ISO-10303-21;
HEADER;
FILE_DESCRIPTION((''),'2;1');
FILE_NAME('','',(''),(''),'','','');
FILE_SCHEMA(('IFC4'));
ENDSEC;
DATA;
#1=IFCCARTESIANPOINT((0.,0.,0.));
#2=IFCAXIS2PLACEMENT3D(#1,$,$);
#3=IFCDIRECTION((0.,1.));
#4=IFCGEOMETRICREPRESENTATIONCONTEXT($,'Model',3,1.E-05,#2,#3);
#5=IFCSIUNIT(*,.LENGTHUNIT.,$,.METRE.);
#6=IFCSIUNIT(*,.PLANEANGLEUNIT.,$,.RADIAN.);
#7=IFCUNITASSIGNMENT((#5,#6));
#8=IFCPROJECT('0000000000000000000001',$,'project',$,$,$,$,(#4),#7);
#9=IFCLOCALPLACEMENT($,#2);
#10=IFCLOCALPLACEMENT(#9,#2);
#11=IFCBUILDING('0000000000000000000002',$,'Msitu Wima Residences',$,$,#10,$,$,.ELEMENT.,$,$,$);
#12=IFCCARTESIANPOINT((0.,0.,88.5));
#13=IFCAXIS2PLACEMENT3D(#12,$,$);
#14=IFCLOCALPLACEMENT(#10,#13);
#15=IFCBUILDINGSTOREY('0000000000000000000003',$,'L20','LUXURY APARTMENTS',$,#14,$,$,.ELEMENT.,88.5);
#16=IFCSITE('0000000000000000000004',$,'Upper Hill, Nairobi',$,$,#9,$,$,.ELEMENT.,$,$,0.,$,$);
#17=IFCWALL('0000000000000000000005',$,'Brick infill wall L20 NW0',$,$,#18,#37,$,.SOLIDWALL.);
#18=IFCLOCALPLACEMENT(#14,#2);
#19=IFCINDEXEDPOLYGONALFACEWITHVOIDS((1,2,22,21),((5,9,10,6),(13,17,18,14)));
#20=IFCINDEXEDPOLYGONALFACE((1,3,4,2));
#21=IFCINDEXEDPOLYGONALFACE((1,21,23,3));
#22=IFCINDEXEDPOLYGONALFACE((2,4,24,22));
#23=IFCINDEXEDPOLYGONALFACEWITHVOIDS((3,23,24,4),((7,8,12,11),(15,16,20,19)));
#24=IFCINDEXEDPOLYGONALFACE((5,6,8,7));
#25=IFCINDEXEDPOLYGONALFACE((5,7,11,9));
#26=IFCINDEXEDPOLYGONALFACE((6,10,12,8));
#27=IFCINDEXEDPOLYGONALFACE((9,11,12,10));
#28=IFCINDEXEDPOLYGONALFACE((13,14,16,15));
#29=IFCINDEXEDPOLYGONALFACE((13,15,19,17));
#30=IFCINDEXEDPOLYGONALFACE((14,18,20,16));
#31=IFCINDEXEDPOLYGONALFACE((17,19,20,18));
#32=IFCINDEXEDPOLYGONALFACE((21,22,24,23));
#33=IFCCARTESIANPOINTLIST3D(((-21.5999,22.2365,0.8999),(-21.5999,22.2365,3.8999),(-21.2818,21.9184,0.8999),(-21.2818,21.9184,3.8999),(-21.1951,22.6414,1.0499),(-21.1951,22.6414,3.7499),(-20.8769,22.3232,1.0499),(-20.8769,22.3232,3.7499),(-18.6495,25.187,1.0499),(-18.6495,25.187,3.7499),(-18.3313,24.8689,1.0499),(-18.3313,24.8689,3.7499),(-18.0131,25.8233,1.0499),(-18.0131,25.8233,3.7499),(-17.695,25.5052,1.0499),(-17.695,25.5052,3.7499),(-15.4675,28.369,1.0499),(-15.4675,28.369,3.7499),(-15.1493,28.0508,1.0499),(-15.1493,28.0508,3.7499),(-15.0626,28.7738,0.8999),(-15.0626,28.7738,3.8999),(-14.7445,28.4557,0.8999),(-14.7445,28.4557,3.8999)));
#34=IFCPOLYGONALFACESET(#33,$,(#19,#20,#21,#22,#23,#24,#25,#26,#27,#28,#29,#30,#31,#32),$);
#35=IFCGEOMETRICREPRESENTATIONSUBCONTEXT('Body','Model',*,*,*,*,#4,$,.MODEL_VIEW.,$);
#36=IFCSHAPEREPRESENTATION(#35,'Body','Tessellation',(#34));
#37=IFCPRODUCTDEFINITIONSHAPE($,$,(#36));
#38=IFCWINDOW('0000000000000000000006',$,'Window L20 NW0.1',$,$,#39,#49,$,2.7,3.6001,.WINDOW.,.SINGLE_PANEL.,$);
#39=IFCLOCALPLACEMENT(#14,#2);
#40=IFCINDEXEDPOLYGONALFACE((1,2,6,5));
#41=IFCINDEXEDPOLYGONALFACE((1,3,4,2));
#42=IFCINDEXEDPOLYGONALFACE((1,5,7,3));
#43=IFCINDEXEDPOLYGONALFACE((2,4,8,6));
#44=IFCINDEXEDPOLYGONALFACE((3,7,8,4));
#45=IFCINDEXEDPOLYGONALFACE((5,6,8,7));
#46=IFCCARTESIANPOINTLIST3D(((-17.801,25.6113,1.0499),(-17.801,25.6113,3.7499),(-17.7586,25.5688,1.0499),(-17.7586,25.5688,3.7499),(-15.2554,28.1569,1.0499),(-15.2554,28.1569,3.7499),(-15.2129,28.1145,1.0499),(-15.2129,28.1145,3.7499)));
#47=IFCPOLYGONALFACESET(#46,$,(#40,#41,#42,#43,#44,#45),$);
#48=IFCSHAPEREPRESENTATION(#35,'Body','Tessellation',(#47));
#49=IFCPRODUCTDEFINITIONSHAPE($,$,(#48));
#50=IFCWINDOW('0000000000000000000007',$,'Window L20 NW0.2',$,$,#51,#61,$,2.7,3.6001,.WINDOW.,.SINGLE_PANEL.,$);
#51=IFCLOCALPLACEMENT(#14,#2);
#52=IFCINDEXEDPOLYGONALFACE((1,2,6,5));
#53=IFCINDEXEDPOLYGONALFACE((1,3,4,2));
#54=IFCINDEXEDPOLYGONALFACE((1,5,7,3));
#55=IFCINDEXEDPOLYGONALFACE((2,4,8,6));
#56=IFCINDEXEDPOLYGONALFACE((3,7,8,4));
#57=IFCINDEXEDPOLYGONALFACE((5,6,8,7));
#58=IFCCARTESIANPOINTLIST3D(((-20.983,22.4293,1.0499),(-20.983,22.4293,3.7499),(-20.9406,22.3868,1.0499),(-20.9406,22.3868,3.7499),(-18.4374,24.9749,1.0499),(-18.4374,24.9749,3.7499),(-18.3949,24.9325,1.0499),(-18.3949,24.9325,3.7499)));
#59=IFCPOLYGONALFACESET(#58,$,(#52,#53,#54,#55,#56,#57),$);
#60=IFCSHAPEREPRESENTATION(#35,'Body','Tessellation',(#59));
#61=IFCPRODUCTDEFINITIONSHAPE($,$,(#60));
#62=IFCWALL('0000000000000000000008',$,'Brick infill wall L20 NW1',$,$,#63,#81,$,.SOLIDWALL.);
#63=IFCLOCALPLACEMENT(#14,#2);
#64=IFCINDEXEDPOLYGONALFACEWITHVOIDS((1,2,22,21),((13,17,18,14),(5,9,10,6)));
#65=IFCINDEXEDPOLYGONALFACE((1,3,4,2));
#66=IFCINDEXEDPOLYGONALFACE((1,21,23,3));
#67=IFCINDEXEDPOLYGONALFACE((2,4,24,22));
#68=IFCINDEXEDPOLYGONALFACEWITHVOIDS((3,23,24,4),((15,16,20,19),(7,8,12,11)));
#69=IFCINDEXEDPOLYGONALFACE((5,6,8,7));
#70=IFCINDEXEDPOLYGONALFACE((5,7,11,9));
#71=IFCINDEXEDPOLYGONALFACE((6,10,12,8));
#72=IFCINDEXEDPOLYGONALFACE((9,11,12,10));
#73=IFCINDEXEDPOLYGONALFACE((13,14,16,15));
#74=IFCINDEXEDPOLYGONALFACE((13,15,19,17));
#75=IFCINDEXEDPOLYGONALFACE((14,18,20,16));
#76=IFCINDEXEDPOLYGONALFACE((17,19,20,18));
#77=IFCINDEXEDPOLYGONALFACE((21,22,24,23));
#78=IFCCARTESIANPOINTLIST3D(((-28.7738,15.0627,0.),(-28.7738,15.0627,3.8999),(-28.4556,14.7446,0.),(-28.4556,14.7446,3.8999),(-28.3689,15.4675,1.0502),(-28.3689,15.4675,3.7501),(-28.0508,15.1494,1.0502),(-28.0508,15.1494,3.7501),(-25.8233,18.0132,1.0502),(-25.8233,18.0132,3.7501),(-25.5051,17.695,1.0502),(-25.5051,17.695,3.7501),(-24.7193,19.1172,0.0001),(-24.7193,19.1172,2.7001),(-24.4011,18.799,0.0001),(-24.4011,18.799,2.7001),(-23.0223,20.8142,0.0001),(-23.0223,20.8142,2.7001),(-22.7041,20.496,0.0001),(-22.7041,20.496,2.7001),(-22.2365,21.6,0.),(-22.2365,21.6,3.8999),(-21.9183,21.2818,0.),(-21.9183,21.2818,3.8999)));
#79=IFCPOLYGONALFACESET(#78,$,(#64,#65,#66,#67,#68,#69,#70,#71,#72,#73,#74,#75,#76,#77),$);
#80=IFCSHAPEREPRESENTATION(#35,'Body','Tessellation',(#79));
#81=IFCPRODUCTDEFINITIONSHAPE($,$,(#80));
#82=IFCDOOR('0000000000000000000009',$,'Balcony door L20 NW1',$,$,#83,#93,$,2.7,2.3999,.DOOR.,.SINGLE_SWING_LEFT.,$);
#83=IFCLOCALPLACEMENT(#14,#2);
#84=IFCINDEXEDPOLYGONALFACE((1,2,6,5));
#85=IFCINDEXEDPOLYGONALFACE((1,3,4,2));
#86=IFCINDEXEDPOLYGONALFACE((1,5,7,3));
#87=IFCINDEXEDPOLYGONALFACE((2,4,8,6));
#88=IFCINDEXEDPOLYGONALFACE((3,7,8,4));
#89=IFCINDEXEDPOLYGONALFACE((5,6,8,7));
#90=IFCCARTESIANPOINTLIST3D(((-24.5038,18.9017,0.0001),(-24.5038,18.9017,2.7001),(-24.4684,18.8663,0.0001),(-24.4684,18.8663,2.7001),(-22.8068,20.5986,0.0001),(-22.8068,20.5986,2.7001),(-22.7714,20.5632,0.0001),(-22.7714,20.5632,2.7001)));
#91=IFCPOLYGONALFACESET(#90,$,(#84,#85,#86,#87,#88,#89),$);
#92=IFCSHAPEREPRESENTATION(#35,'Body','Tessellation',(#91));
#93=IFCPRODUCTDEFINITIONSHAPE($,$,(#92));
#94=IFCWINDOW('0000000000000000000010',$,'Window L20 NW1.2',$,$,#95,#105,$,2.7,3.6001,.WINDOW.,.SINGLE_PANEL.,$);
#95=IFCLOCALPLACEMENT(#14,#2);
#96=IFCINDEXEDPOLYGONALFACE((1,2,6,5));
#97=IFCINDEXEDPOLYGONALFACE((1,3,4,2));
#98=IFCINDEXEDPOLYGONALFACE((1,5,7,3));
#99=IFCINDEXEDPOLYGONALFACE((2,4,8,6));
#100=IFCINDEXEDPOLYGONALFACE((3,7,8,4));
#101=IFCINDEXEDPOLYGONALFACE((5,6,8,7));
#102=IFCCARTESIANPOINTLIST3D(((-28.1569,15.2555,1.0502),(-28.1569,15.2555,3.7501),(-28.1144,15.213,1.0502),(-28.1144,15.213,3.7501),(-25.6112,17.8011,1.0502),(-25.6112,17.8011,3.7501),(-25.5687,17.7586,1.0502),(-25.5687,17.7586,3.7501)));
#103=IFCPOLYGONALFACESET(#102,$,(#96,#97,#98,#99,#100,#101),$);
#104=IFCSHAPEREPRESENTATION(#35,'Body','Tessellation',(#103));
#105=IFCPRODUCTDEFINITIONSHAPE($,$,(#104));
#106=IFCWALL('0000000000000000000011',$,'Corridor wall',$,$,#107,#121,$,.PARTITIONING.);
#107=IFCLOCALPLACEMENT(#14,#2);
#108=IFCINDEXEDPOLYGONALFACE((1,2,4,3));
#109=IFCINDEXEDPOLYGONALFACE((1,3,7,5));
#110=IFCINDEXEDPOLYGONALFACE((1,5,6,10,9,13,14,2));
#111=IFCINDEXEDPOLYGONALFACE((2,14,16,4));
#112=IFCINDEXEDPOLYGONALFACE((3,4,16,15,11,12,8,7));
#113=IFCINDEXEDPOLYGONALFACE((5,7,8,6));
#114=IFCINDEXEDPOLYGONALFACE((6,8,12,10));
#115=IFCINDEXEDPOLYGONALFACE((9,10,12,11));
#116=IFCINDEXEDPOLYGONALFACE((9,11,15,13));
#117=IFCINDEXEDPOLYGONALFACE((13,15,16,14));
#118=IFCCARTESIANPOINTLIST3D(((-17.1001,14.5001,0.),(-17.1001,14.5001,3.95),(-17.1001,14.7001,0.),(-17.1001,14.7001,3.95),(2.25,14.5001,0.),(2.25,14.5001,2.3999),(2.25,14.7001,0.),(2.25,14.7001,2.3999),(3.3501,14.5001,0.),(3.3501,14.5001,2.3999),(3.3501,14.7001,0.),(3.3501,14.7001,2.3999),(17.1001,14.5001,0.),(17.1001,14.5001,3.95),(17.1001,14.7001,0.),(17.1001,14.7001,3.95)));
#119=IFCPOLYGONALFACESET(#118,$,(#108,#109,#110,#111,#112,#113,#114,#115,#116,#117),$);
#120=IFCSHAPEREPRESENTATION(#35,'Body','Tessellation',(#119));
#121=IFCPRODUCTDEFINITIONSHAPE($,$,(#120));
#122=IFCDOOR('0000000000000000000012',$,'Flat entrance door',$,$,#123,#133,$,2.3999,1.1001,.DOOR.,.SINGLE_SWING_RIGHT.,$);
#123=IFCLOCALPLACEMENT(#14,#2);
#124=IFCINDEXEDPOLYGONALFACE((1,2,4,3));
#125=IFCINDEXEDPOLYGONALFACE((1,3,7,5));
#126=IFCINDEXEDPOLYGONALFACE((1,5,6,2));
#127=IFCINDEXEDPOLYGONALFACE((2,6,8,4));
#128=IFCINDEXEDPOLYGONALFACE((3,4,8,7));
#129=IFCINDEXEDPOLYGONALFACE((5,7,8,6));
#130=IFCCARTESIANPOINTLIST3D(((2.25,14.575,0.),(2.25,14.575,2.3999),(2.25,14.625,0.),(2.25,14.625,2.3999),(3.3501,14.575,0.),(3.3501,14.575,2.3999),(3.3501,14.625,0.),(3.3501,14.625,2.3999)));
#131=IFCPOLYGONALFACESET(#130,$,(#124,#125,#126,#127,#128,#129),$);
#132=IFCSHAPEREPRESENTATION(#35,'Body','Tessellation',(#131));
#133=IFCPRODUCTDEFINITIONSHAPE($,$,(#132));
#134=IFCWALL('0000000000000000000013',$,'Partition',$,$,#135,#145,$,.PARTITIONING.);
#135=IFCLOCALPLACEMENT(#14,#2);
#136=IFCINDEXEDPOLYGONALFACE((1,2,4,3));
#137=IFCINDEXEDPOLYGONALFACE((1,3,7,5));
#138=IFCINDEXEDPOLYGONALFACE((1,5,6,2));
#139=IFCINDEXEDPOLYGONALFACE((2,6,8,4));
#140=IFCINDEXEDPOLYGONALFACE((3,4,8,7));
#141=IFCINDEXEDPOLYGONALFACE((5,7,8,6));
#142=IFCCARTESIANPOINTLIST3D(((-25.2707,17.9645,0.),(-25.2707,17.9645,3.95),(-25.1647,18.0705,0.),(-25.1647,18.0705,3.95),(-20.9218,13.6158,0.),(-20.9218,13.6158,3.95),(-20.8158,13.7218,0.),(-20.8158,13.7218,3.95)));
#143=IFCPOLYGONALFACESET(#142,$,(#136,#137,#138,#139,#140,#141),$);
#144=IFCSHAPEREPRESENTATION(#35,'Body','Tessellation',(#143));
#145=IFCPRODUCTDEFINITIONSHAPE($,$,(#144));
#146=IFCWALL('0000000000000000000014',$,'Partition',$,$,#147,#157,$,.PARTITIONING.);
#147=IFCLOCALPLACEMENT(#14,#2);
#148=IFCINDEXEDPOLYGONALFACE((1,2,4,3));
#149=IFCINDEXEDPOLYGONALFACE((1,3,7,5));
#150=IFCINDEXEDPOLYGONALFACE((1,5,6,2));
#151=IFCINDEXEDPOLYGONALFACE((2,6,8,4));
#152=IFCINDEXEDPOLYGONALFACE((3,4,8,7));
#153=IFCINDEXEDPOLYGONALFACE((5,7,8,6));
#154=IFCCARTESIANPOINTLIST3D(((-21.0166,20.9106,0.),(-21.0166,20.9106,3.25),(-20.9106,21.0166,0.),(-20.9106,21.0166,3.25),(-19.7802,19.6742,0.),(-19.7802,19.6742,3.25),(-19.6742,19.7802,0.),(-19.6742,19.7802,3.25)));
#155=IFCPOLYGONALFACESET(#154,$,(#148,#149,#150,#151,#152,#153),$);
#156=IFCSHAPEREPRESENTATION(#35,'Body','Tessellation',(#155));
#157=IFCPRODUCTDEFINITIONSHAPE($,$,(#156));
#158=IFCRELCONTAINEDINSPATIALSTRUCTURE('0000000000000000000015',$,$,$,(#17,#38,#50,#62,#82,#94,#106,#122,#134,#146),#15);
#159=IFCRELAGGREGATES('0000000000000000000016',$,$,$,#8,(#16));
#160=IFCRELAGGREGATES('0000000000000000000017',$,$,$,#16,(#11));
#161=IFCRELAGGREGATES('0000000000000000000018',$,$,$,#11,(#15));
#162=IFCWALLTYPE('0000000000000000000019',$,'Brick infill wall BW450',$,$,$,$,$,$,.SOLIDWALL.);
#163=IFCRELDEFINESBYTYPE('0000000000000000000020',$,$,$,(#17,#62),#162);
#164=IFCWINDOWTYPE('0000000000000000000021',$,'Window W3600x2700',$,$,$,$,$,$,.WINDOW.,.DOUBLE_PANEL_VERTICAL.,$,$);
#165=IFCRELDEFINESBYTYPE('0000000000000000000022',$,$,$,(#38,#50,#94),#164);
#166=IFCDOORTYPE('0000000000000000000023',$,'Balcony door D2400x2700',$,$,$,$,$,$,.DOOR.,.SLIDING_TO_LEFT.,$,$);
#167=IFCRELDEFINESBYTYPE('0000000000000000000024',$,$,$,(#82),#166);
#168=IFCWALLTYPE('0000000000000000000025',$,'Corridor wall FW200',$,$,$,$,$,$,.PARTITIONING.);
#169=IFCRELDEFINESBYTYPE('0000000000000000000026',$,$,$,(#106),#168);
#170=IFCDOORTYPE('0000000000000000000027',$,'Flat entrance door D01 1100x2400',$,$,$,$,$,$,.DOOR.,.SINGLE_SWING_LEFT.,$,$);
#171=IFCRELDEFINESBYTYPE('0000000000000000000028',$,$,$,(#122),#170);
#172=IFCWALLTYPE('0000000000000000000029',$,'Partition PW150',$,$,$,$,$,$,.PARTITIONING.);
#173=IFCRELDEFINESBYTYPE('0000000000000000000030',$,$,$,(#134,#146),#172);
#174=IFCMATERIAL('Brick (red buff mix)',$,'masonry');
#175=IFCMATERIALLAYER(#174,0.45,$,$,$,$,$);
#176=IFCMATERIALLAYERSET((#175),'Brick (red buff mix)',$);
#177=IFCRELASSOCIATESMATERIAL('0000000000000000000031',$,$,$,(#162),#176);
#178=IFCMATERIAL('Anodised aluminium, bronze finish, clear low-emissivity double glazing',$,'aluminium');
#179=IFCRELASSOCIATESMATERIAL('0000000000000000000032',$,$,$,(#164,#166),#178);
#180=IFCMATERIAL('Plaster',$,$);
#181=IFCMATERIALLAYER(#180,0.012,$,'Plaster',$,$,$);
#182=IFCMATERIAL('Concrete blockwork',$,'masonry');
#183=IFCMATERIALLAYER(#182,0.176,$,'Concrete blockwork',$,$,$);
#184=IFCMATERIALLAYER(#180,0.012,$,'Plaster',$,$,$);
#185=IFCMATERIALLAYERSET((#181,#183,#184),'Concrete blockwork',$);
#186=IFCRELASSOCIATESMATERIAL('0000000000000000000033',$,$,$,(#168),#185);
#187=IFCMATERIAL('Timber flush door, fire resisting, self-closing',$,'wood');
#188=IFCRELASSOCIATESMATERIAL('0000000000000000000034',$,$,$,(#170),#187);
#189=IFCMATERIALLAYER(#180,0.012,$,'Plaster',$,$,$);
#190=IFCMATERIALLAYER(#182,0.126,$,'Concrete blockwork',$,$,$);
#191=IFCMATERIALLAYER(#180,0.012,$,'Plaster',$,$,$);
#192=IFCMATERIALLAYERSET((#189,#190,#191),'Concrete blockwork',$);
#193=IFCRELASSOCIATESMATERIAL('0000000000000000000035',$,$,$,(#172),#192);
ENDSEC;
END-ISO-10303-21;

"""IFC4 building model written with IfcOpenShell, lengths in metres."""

from ifc_helpers import new_model, si_unit, direction, frame, frame_2d, origin, place, context, subcontext, project, spatial, rectangle, extrude, material, layer, layer_set, type_object, element, fill, save


model = new_model("IFC4")

# Units and contexts
model_context = context("Model", 3, precision=1e-05, world=origin(), true_north=direction((0.0, 1.0)))
body_context = subcontext(model_context, "Body", "Model", "MODEL_VIEW")
ifc_project = project(units=[si_unit("LENGTHUNIT", "METRE"), si_unit("PLANEANGLEUNIT", "RADIAN")], contexts=[model_context])

# Site, building, storey
site_placement = place(None, origin())
site = spatial("IfcSite", under=ifc_project, at=site_placement, Name="Upper Hill, Nairobi", CompositionType="ELEMENT", RefElevation=0.0)
building_placement = place(site_placement, origin())
building = spatial("IfcBuilding", under=site, at=building_placement, Name="Msitu Wima Residences", CompositionType="ELEMENT")
storey_placement = place(building_placement, frame((0.0, 0.0, 88.5)))
storey = spatial("IfcBuildingStorey", under=building, at=storey_placement, Name="L20", Description="LUXURY APARTMENTS", CompositionType="ELEMENT", Elevation=88.5)

# Wall, openings, windows
ifc_material_1 = material(Name="Brick (red buff mix)", Category="masonry")
ifc_layer_1 = layer(ifc_material_1, 0.45)
ifc_layer_set_1 = layer_set([ifc_layer_1], Name="Brick (red buff mix)")
wall_type_1 = type_object("IfcWallType", Name="Brick infill wall BW450", PredefinedType="SOLIDWALL", material=ifc_layer_set_1)
wall_1_placement = place(storey_placement, frame((-14.9036, 28.6147, 0.8999), z_axis=(0.0, 0.0, 1.0), x_axis=(-0.707107, -0.707107, 0.0)))
wall_1 = element("IfcWall", 1, at=wall_1_placement, inside=storey, type_object=wall_type_1, Name="Brick infill wall L20 NW0", PredefinedType="SOLIDWALL", context=body_context, shape_type="SweptSolid", body=[
    extrude(rectangle(XDim=9.2451, YDim=0.45, at=frame_2d((4.6226, 0.0))), origin(), (0.0, 0.0, 1.0), 3.0),
])
opening_1_placement = place(wall_1_placement, frame((0.5725, 0.0, 0.1499)))
opening_1 = element("IfcOpeningElement", 2, at=opening_1_placement, cuts=wall_1, PredefinedType="OPENING", context=body_context, shape_type="SweptSolid", body=[
    extrude(rectangle(XDim=3.6001, YDim=2.7, at=frame_2d((1.8, 1.3501))), frame((0.0, 0.2349, 0.0), z_axis=(0.0, -1.0, 0.0), x_axis=(1.0, 0.0, 0.0)), (0.0, 0.0, 1.0), 0.47),
])
opening_2_placement = place(wall_1_placement, frame((5.0725, 0.0, 0.1499)))
opening_2 = element("IfcOpeningElement", 3, at=opening_2_placement, cuts=wall_1, PredefinedType="OPENING", context=body_context, shape_type="SweptSolid", body=[
    extrude(rectangle(XDim=3.6001, YDim=2.7, at=frame_2d((1.8, 1.3501))), frame((0.0, 0.2349, 0.0), z_axis=(0.0, -1.0, 0.0), x_axis=(1.0, 0.0, 0.0)), (0.0, 0.0, 1.0), 0.47),
])
ifc_material_2 = material(Name="Anodised aluminium, bronze finish, clear low-emissivity double glazing", Category="aluminium")
window_type = type_object("IfcWindowType", Name="Window W3600x2700", PartitioningType="DOUBLE_PANEL_VERTICAL", PredefinedType="WINDOW", material=ifc_material_2)
window_1_placement = place(opening_1_placement, origin())
window_1 = element("IfcWindow", 4, at=window_1_placement, inside=storey, type_object=window_type, Name="Window L20 NW0.1", OverallHeight=2.7, OverallWidth=3.6001, PartitioningType="SINGLE_PANEL", PredefinedType="WINDOW", context=body_context, shape_type="SweptSolid", body=[
    extrude(rectangle(XDim=3.6001, YDim=2.7, at=frame_2d((1.8, 1.3501))), frame((0.0, 0.135, 0.0), z_axis=(0.0, -1.0, 0.0), x_axis=(1.0, 0.0, 0.0)), (0.0, 0.0, 1.0), 0.0601),
])
fill(opening_1, window_1)
window_2_placement = place(opening_2_placement, origin())
window_2 = element("IfcWindow", 5, at=window_2_placement, inside=storey, type_object=window_type, Name="Window L20 NW0.2", OverallHeight=2.7, OverallWidth=3.6001, PartitioningType="SINGLE_PANEL", PredefinedType="WINDOW", context=body_context, shape_type="SweptSolid", body=[
    extrude(rectangle(XDim=3.6001, YDim=2.7, at=frame_2d((1.8, 1.3501))), frame((0.0, 0.135, 0.0), z_axis=(0.0, -1.0, 0.0), x_axis=(1.0, 0.0, 0.0)), (0.0, 0.0, 1.0), 0.0601),
])
fill(opening_2, window_2)

# Wall, openings, door, window
wall_2_placement = place(storey_placement, frame((-22.0774, 21.4409, 0.0), z_axis=(0.0, 0.0, 1.0), x_axis=(-0.707107, -0.707107, 0.0)))
wall_2 = element("IfcWall", 6, at=wall_2_placement, inside=storey, type_object=wall_type_1, Name="Brick infill wall L20 NW1", PredefinedType="SOLIDWALL", context=body_context, shape_type="SweptSolid", body=[
    extrude(rectangle(XDim=9.2451, YDim=0.45, at=frame_2d((4.6226, 0.0))), origin(), (0.0, 0.0, 1.0), 3.8999),
])
opening_3_placement = place(wall_2_placement, frame((1.1113, 0.0, 0.0)))
opening_3 = element("IfcOpeningElement", 7, at=opening_3_placement, cuts=wall_2, PredefinedType="OPENING", context=body_context, shape_type="SweptSolid", body=[
    extrude(rectangle(XDim=2.3999, YDim=2.7, at=frame_2d((1.2, 1.3501))), frame((0.0, 0.2349, 0.0), z_axis=(0.0, -1.0, 0.0), x_axis=(1.0, 0.0, 0.0)), (0.0, 0.0, 1.0), 0.47),
])
opening_4_placement = place(wall_2_placement, frame((5.0725, 0.0, 1.05)))
opening_4 = element("IfcOpeningElement", 8, at=opening_4_placement, cuts=wall_2, PredefinedType="OPENING", context=body_context, shape_type="SweptSolid", body=[
    extrude(rectangle(XDim=3.6001, YDim=2.7, at=frame_2d((1.8, 1.3501))), frame((0.0, 0.2349, 0.0), z_axis=(0.0, -1.0, 0.0), x_axis=(1.0, 0.0, 0.0)), (0.0, 0.0, 1.0), 0.47),
])
door_type_1 = type_object("IfcDoorType", Name="Balcony door D2400x2700", OperationType="SLIDING_TO_LEFT", PredefinedType="DOOR", material=ifc_material_2)
door_1_placement = place(opening_3_placement, origin())
door_1 = element("IfcDoor", 9, at=door_1_placement, inside=storey, type_object=door_type_1, Name="Balcony door L20 NW1", OperationType="SINGLE_SWING_LEFT", OverallHeight=2.7, OverallWidth=2.3999, PredefinedType="DOOR", context=body_context, shape_type="SweptSolid", body=[
    extrude(rectangle(XDim=2.3999, YDim=2.7, at=frame_2d((1.2, 1.3501))), frame((0.0, 0.1299, 0.0), z_axis=(0.0, -1.0, 0.0), x_axis=(1.0, 0.0, 0.0)), (0.0, 0.0, 1.0), 0.05),
])
fill(opening_3, door_1)
window_3_placement = place(opening_4_placement, origin())
window_3 = element("IfcWindow", 10, at=window_3_placement, inside=storey, type_object=window_type, Name="Window L20 NW1.2", OverallHeight=2.7, OverallWidth=3.6001, PartitioningType="SINGLE_PANEL", PredefinedType="WINDOW", context=body_context, shape_type="SweptSolid", body=[
    extrude(rectangle(XDim=3.6001, YDim=2.7, at=frame_2d((1.8, 1.3501))), frame((0.0, 0.135, 0.0), z_axis=(0.0, -1.0, 0.0), x_axis=(1.0, 0.0, 0.0)), (0.0, 0.0, 1.0), 0.0601),
])
fill(opening_4, window_3)

# Wall, opening, door
ifc_material_3 = material(Name="Plaster")
ifc_layer_2 = layer(ifc_material_3, 0.012, Name="Plaster")
ifc_material_4 = material(Name="Concrete blockwork", Category="masonry")
ifc_layer_3 = layer(ifc_material_4, 0.176, Name="Concrete blockwork")
ifc_layer_4 = layer(ifc_material_3, 0.012, Name="Plaster")
ifc_layer_set_2 = layer_set([ifc_layer_2, ifc_layer_3, ifc_layer_4], Name="Concrete blockwork")
wall_type_2 = type_object("IfcWallType", Name="Corridor wall FW200", PredefinedType="PARTITIONING", material=ifc_layer_set_2)
wall_3_placement = place(storey_placement, frame((-17.1001, 14.6001, 0.0), z_axis=(0.0, 0.0, 1.0), x_axis=(1.0, 0.0, 0.0)))
wall_3 = element("IfcWall", 11, at=wall_3_placement, inside=storey, type_object=wall_type_2, Name="Corridor wall", PredefinedType="PARTITIONING", context=body_context, shape_type="SweptSolid", body=[
    extrude(rectangle(XDim=34.2002, YDim=0.2, at=frame_2d((17.1001, 0.0))), origin(), (0.0, 0.0, 1.0), 3.95),
])
opening_5_placement = place(wall_3_placement, frame((19.3501, 0.0, 0.0)))
opening_5 = element("IfcOpeningElement", 12, at=opening_5_placement, cuts=wall_3, PredefinedType="OPENING", context=body_context, shape_type="SweptSolid", body=[
    extrude(rectangle(XDim=1.1001, YDim=2.3999, at=frame_2d((0.55, 1.2))), frame((0.0, 0.1099, 0.0), z_axis=(0.0, -1.0, 0.0), x_axis=(1.0, 0.0, 0.0)), (0.0, 0.0, 1.0), 0.22),
])
ifc_material_5 = material(Name="Timber flush door, fire resisting, self-closing", Category="wood")
door_type_2 = type_object("IfcDoorType", Name="Flat entrance door D01 1100x2400", OperationType="SINGLE_SWING_LEFT", PredefinedType="DOOR", material=ifc_material_5)
door_2_placement = place(opening_5_placement, origin())
door_2 = element("IfcDoor", 13, at=door_2_placement, inside=storey, type_object=door_type_2, Name="Flat entrance door", OperationType="SINGLE_SWING_RIGHT", OverallHeight=2.3999, OverallWidth=1.1001, PredefinedType="DOOR", context=body_context, shape_type="SweptSolid", body=[
    extrude(rectangle(XDim=1.1001, YDim=2.3999, at=frame_2d((0.55, 1.2))), frame((0.0, 0.0249, 0.0), z_axis=(0.0, -1.0, 0.0), x_axis=(1.0, 0.0, 0.0)), (0.0, 0.0, 1.0), 0.05),
])
fill(opening_5, door_2)

# Walls
ifc_layer_5 = layer(ifc_material_3, 0.012, Name="Plaster")
ifc_layer_6 = layer(ifc_material_4, 0.126, Name="Concrete blockwork")
ifc_layer_7 = layer(ifc_material_3, 0.012, Name="Plaster")
ifc_layer_set_3 = layer_set([ifc_layer_5, ifc_layer_6, ifc_layer_7], Name="Concrete blockwork")
wall_type_3 = type_object("IfcWallType", Name="Partition PW150", PredefinedType="PARTITIONING", material=ifc_layer_set_3)
wall_4_placement = place(storey_placement, frame((-25.2178, 18.0176, 0.0), z_axis=(0.0, 0.0, 1.0), x_axis=(0.707127, -0.707087, 0.0)))
element("IfcWall", 14, at=wall_4_placement, inside=storey, type_object=wall_type_3, Name="Partition", PredefinedType="PARTITIONING", context=body_context, shape_type="SweptSolid", body=[
    extrude(rectangle(XDim=6.1501, YDim=0.1499, at=frame_2d((3.0752, 0.0))), origin(), (0.0, 0.0, 1.0), 3.95),
])
wall_5_placement = place(storey_placement, frame((-20.9636, 20.9636, 0.0), z_axis=(0.0, 0.0, 1.0), x_axis=(0.707107, -0.707107, 0.0)))
element("IfcWall", 15, at=wall_5_placement, inside=storey, type_object=wall_type_3, Name="Partition", PredefinedType="PARTITIONING", context=body_context, shape_type="SweptSolid", body=[
    extrude(rectangle(XDim=1.7485, YDim=0.1499, at=frame_2d((0.8743, 0.0))), origin(), (0.0, 0.0, 1.0), 3.25),
])

save(model, "model.ifc")
